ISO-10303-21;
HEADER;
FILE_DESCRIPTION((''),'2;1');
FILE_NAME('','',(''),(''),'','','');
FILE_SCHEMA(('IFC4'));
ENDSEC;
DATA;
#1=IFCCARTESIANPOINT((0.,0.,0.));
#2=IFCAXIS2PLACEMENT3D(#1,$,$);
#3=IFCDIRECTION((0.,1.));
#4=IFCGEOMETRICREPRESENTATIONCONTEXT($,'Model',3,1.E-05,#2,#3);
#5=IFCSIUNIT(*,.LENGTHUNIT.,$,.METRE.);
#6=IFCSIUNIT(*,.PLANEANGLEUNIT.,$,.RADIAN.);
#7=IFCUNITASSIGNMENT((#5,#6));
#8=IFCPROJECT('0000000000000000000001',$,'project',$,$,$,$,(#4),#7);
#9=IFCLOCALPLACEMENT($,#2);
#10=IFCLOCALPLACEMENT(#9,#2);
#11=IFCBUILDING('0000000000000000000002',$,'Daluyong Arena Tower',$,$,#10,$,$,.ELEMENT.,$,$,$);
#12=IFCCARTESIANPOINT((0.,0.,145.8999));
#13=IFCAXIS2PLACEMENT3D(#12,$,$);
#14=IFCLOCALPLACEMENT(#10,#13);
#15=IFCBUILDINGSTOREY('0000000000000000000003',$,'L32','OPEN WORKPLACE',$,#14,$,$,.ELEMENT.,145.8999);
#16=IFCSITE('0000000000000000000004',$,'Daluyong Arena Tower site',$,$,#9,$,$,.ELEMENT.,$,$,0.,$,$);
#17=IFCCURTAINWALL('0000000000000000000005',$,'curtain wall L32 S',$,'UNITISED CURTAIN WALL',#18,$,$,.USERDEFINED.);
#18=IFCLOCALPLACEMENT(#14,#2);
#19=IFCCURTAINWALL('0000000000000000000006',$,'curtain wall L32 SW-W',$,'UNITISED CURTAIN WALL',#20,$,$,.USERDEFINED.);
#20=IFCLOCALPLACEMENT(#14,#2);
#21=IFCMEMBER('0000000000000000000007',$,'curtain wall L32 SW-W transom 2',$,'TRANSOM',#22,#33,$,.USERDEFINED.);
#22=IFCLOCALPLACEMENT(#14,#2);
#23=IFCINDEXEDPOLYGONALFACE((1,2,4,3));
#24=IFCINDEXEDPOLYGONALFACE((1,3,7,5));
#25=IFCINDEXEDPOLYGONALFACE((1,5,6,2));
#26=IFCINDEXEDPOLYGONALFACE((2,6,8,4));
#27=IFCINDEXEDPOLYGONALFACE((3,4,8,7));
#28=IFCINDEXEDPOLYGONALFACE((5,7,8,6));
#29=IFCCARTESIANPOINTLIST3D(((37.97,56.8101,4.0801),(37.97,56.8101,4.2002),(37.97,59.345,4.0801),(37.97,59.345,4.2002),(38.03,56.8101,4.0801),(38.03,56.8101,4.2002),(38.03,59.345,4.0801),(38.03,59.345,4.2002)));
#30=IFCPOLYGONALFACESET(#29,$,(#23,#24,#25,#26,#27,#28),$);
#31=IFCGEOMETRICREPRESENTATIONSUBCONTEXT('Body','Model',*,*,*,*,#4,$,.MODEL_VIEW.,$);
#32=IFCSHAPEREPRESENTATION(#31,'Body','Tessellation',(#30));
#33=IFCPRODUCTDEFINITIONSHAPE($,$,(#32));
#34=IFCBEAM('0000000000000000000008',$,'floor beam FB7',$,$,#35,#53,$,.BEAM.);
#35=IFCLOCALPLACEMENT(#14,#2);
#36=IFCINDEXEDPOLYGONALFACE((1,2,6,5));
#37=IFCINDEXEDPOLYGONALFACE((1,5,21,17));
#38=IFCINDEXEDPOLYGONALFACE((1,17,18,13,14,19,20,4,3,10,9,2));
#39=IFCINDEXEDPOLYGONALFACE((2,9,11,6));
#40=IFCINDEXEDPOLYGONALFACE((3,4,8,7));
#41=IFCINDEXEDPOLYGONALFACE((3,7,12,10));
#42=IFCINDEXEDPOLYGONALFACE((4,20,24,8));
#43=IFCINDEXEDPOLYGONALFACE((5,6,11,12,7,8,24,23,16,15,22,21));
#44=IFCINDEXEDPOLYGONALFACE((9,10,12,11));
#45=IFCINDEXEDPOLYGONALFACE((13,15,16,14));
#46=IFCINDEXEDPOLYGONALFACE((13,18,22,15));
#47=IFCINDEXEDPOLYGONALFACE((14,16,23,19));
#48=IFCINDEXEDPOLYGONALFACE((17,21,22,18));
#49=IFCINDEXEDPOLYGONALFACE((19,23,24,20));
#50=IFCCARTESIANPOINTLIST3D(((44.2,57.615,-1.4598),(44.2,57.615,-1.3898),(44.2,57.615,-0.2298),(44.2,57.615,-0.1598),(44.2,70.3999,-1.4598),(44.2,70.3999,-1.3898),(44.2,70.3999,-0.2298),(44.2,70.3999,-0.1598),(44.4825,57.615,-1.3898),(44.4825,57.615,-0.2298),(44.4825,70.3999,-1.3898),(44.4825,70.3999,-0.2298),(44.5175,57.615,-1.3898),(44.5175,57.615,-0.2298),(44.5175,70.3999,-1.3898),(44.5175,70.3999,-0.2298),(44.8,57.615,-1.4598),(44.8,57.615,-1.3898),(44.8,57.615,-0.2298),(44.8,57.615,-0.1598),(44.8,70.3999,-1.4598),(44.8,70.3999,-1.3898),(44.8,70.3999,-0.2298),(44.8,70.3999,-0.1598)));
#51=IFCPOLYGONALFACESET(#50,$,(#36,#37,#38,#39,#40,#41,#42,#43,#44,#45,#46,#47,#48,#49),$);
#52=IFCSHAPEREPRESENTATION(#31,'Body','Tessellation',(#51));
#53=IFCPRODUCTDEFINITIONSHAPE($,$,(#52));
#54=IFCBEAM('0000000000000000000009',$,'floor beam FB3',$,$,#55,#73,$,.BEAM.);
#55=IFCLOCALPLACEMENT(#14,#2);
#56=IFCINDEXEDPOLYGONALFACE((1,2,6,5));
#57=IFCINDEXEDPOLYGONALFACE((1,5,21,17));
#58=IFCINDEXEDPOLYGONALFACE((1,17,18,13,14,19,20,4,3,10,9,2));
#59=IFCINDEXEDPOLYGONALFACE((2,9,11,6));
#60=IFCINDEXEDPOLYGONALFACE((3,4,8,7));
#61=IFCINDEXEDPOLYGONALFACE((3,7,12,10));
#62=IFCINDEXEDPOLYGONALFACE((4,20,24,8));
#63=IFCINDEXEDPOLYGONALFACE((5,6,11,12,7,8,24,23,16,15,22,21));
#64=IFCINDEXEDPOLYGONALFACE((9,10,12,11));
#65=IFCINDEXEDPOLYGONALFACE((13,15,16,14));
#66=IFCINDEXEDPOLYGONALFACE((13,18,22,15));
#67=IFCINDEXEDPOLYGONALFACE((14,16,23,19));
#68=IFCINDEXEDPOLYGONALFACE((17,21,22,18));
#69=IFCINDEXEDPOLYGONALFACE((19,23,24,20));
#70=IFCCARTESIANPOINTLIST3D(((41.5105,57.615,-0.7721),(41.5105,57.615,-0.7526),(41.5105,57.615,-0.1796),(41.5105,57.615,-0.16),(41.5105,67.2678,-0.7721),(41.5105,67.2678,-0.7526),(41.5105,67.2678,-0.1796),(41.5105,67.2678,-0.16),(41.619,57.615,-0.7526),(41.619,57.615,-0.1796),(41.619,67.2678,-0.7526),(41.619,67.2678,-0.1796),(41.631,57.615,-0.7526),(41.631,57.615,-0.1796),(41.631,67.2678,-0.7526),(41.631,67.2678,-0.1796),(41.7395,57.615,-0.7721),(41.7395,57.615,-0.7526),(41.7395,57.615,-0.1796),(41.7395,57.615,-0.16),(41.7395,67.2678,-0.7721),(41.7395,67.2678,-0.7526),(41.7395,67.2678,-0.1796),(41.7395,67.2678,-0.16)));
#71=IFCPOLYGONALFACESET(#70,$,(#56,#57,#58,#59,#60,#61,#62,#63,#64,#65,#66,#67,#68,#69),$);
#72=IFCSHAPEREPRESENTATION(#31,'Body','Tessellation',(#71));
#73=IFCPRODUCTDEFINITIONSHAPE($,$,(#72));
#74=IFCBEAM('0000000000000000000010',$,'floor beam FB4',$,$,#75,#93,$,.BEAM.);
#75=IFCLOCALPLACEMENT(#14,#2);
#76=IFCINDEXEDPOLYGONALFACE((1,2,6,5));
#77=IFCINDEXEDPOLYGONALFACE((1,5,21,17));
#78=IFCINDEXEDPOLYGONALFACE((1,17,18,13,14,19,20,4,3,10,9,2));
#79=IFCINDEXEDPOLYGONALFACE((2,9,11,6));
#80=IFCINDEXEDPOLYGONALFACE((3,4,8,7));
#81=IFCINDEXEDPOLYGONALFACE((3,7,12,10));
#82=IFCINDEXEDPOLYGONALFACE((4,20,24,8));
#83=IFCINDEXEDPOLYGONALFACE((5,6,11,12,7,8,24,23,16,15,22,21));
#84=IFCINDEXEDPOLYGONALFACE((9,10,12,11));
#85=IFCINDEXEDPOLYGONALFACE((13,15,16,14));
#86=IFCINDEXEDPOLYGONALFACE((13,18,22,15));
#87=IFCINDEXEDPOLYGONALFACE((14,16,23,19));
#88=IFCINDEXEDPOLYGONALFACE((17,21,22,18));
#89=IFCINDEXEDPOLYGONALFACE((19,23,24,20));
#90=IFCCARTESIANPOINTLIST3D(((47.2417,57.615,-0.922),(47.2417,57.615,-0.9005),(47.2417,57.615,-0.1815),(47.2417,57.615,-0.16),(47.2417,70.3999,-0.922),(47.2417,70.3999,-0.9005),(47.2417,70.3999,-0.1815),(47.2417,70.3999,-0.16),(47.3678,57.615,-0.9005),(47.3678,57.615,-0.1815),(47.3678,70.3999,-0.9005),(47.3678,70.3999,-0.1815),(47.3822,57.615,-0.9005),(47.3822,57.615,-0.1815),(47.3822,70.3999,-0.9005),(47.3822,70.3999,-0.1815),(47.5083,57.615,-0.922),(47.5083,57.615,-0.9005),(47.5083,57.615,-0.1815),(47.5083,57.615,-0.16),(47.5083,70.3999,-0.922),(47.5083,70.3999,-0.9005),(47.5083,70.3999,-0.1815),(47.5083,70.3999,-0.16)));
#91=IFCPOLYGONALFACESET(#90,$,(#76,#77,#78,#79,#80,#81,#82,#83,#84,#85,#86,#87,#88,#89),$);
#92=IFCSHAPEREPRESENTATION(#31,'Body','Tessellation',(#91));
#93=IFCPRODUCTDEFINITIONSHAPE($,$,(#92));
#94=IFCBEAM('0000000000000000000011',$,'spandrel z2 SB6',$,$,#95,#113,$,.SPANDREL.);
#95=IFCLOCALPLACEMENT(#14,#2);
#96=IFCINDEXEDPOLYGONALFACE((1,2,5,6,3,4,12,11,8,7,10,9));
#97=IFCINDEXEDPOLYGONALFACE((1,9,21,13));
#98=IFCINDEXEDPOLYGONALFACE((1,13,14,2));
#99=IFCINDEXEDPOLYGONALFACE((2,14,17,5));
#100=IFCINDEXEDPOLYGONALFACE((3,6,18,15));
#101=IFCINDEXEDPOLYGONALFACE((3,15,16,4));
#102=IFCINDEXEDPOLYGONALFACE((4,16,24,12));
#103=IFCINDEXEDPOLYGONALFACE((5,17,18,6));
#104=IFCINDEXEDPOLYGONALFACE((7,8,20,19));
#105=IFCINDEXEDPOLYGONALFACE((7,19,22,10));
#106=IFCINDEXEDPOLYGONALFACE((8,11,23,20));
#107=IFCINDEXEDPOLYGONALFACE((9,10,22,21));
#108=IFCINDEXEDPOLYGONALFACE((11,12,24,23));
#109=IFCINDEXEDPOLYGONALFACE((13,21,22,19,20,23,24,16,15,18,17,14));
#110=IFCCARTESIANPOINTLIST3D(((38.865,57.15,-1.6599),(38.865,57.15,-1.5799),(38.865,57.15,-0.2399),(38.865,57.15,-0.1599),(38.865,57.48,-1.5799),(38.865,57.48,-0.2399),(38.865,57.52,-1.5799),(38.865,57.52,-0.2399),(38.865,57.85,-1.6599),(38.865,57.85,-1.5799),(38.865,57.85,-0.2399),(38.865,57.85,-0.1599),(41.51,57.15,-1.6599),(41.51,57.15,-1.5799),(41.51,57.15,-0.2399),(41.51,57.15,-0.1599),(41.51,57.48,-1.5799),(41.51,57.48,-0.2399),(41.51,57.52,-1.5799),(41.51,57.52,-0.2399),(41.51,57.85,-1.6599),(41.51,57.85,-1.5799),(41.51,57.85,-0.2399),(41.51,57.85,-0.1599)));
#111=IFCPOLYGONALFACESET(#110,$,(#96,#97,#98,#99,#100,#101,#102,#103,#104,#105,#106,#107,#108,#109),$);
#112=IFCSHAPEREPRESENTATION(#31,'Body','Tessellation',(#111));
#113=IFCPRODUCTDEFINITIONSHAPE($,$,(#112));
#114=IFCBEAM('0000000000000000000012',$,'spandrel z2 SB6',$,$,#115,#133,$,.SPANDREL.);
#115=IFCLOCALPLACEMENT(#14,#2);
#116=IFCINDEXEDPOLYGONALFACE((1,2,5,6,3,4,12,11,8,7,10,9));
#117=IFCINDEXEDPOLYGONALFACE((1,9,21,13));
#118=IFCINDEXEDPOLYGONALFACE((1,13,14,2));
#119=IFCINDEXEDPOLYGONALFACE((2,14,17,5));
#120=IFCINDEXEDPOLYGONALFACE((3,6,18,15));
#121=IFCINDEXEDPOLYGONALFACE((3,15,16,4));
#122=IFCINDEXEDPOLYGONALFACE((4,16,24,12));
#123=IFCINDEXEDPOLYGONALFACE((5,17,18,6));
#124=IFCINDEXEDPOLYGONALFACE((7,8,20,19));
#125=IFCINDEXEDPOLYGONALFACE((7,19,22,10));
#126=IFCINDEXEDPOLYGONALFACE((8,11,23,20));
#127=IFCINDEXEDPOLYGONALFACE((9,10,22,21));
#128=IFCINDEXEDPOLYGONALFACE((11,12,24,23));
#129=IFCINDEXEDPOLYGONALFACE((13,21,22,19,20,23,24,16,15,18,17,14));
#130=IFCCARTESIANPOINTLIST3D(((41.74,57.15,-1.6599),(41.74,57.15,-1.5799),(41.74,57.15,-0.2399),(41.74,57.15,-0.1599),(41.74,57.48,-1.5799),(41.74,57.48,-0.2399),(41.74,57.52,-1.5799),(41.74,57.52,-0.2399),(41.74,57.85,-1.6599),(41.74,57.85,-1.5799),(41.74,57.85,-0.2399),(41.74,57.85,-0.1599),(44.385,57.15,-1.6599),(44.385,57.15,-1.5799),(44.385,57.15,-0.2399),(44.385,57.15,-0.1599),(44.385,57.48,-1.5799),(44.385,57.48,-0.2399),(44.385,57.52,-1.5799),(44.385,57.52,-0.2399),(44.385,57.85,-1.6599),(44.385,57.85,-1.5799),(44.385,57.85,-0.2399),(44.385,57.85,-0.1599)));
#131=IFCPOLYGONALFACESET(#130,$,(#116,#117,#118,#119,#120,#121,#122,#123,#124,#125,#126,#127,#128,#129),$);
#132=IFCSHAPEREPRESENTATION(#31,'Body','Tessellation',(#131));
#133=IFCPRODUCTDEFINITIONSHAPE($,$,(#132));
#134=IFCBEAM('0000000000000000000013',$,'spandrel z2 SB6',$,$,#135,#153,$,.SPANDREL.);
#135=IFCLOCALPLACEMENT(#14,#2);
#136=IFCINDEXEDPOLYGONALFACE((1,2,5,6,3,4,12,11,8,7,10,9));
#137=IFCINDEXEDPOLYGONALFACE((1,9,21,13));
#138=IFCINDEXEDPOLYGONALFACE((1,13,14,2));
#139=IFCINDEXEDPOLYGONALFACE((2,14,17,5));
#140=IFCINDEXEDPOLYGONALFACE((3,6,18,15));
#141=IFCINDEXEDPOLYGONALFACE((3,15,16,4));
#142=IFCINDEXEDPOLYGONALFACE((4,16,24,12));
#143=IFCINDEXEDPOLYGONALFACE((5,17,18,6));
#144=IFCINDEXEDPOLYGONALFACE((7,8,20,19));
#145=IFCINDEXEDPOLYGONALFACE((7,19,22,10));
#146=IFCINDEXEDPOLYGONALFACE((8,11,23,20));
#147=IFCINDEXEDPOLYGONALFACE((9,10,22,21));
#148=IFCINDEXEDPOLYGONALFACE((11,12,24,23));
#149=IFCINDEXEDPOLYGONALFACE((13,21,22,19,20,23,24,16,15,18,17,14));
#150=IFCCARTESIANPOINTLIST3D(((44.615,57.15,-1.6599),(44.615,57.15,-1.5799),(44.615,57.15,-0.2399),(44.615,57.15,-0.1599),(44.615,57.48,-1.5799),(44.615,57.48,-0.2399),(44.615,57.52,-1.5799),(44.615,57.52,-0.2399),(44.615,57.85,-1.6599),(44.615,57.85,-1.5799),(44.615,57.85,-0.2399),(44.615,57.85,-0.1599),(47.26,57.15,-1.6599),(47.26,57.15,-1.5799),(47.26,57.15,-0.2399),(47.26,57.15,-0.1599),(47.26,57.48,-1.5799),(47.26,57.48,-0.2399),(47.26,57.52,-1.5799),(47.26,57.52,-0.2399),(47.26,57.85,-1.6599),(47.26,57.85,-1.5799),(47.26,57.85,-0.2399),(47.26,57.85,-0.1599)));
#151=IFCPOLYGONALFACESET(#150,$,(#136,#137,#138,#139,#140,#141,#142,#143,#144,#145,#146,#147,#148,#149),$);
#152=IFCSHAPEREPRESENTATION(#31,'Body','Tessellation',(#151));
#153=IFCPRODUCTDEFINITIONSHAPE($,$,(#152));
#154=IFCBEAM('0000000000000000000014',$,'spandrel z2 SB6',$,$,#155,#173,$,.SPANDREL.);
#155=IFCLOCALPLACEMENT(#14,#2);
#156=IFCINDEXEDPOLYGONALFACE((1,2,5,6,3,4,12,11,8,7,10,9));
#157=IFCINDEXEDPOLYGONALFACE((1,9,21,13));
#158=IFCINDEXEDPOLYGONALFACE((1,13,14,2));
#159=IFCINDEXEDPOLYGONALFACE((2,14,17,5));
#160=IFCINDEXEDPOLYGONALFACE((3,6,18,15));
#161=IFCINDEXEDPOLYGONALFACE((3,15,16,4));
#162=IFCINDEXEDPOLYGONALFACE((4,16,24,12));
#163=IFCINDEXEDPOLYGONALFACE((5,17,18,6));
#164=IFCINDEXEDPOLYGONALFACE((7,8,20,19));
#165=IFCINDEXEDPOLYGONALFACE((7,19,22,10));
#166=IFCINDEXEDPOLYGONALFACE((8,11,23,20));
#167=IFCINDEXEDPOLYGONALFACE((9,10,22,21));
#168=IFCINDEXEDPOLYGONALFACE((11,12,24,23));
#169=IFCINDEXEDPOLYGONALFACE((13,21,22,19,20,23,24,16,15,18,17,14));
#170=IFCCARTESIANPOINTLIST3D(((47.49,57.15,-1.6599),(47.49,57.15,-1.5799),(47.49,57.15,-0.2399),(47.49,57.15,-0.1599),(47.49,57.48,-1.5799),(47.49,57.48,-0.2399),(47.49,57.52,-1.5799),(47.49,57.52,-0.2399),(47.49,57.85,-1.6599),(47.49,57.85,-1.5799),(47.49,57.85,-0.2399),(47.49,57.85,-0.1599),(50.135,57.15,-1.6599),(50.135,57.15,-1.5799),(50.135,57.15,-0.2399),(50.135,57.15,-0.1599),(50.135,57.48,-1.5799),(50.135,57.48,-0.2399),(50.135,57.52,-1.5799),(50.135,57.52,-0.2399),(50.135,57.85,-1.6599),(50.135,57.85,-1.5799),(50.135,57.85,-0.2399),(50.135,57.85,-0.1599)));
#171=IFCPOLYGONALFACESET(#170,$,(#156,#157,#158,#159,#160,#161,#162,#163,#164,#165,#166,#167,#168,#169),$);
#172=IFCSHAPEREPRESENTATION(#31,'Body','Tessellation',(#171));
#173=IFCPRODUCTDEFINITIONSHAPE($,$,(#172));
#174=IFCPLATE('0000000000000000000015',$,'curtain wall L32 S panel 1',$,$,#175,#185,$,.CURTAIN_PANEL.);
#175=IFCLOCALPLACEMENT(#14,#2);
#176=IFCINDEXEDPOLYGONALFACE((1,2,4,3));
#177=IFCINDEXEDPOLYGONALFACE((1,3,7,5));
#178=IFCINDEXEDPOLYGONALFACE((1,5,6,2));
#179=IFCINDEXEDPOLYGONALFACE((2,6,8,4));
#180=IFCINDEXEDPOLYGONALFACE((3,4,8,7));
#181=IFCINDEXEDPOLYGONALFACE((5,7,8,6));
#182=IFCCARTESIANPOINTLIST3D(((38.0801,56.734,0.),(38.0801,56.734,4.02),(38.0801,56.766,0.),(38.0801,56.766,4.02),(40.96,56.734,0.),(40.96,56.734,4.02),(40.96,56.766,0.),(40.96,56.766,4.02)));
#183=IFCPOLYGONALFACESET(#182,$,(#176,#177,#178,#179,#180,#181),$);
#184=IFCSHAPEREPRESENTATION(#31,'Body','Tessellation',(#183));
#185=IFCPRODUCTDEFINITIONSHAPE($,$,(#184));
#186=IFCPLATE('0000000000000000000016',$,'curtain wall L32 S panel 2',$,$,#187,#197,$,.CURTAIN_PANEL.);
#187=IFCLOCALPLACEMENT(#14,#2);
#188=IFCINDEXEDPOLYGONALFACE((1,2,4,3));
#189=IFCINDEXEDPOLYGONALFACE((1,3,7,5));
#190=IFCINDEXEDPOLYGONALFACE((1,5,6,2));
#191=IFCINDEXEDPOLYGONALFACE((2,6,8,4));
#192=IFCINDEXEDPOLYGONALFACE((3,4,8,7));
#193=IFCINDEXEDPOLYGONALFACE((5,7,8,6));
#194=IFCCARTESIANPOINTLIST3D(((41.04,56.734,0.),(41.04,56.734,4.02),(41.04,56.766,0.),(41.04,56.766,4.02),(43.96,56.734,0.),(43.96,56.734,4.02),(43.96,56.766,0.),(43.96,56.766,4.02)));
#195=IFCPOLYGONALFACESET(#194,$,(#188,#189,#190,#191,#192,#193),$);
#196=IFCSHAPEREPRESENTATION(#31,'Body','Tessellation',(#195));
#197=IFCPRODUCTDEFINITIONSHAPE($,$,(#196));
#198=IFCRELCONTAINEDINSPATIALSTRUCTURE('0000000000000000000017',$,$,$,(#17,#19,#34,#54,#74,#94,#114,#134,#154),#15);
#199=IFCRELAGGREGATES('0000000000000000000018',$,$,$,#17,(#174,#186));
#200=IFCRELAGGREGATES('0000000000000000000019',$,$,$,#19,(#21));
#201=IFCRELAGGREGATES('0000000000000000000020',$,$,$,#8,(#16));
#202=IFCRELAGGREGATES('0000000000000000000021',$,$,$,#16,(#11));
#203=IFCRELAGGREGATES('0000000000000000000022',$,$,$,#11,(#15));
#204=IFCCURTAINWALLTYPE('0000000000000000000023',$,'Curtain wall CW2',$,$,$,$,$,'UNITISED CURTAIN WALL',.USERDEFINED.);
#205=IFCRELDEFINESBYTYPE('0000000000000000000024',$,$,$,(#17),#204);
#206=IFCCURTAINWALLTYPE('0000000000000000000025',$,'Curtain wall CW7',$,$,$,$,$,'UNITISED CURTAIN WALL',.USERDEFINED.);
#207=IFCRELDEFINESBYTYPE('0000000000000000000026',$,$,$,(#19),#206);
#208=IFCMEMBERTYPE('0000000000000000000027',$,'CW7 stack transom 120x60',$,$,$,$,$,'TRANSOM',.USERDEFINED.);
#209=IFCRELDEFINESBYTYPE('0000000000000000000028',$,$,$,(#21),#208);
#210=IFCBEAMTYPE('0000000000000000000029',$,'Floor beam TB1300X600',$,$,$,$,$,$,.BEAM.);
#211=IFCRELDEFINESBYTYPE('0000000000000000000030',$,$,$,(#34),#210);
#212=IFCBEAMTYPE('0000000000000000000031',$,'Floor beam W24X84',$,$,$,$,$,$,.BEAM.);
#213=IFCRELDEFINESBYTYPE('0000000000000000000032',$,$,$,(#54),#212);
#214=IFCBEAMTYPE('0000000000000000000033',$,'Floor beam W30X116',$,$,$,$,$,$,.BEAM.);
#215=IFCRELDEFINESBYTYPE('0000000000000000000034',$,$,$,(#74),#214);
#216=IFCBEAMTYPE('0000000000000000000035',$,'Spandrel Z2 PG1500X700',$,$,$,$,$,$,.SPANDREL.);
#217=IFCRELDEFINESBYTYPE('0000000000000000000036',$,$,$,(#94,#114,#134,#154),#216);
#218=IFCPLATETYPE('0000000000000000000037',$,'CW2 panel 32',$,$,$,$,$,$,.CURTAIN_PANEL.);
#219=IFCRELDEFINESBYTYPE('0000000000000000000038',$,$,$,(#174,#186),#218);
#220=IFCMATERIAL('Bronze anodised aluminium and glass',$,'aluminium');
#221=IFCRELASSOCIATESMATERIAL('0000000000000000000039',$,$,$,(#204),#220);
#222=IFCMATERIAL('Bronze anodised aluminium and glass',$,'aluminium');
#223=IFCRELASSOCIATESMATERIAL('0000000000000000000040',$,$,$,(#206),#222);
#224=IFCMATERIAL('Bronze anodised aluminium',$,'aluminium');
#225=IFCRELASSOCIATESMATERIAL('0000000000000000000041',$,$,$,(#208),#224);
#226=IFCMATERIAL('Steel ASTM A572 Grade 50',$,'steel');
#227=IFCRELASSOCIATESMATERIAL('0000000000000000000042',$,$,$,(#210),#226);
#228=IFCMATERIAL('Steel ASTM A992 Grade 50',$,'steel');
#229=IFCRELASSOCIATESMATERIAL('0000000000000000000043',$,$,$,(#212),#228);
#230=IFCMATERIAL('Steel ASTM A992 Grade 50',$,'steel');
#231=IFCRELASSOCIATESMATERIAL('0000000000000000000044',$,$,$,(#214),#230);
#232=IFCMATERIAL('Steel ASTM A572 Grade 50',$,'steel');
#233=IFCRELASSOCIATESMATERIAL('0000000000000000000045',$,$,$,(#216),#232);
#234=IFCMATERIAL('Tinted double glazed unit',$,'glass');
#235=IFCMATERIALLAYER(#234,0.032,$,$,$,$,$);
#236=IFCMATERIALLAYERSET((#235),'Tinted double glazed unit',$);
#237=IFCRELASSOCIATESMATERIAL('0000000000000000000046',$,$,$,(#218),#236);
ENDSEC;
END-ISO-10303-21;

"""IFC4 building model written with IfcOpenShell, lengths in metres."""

from ifc_helpers import new_model, si_unit, direction, frame, origin, origin_2d, place, context, subcontext, project, spatial, rectangle, i_section, extrude, material, layer, layer_set, material_profile, profile_set, type_object, element, aggregate, save


model = new_model("IFC4")

# Units and contexts
model_context = context("Model", 3, precision=1e-05, world=origin(), true_north=direction((0.0, 1.0)))
body_context = subcontext(model_context, "Body", "Model", "MODEL_VIEW")
ifc_project = project(units=[si_unit("LENGTHUNIT", "METRE"), si_unit("PLANEANGLEUNIT", "RADIAN")], contexts=[model_context])

# Site, building, storey
site_placement = place(None, origin())
site = spatial("IfcSite", under=ifc_project, at=site_placement, Name="Daluyong Arena Tower site", CompositionType="ELEMENT", RefElevation=0.0)
building_placement = place(site_placement, origin())
building = spatial("IfcBuilding", under=site, at=building_placement, Name="Daluyong Arena Tower", CompositionType="ELEMENT")
storey_placement = place(building_placement, frame((0.0, 0.0, 145.8999)))
storey = spatial("IfcBuildingStorey", under=building, at=storey_placement, Name="L32", Description="OPEN WORKPLACE", CompositionType="ELEMENT", Elevation=145.8999)

# Curtain walls, member
ifc_material_1 = material(Name="Bronze anodised aluminium and glass", Category="aluminium")
curtain_wall_type_1 = type_object("IfcCurtainWallType", Name="Curtain wall CW2", ElementType="UNITISED CURTAIN WALL", PredefinedType="USERDEFINED", material=ifc_material_1)
curtain_wall_1_placement = place(storey_placement, origin())
curtain_wall_1 = element("IfcCurtainWall", 1, at=curtain_wall_1_placement, inside=storey, type_object=curtain_wall_type_1, Name="curtain wall L32 S", ObjectType="UNITISED CURTAIN WALL", PredefinedType="USERDEFINED")
ifc_material_2 = material(Name="Bronze anodised aluminium and glass", Category="aluminium")
curtain_wall_type_2 = type_object("IfcCurtainWallType", Name="Curtain wall CW7", ElementType="UNITISED CURTAIN WALL", PredefinedType="USERDEFINED", material=ifc_material_2)
curtain_wall_2_placement = place(storey_placement, origin())
curtain_wall_2 = element("IfcCurtainWall", 2, at=curtain_wall_2_placement, inside=storey, type_object=curtain_wall_type_2, Name="curtain wall L32 SW-W", ObjectType="UNITISED CURTAIN WALL", PredefinedType="USERDEFINED")
ifc_material_3 = material(Name="Bronze anodised aluminium", Category="aluminium")
ifc_material_profile_1 = material_profile(ifc_material_3, rectangle(XDim=0.0601, YDim=0.1201, at=origin_2d()))
ifc_profile_set_1 = profile_set([ifc_material_profile_1], Name="Bronze anodised aluminium")
member_type_1 = type_object("IfcMemberType", Name="CW7 stack transom 120x60", ElementType="TRANSOM", PredefinedType="USERDEFINED", material=ifc_profile_set_1)
member_1_placement = place(storey_placement, frame((38.0, 59.345, 4.1401), z_axis=(0.0, -1.0, 0.0), x_axis=(1.0, 0.0, 0.0)))
member_1 = element("IfcMember", 3, at=member_1_placement, type_object=member_type_1, Name="curtain wall L32 SW-W transom 2", ObjectType="TRANSOM", PredefinedType="USERDEFINED", context=body_context, shape_type="SweptSolid", body=[
    extrude(rectangle(XDim=0.0601, YDim=0.1201, at=origin_2d()), origin(), (0.0, 0.0, 1.0), 2.5349),
])

# Beams
ifc_material_4 = material(Name="Steel ASTM A572 Grade 50", Category="steel")
ifc_material_profile_2 = material_profile(ifc_material_4, i_section(OverallWidth=0.6001, OverallDepth=1.3, WebThickness=0.035, FlangeThickness=0.07, at=origin_2d()))
ifc_profile_set_2 = profile_set([ifc_material_profile_2], Name="Steel ASTM A572 Grade 50")
beam_type_1 = type_object("IfcBeamType", Name="Floor beam TB1300X600", PredefinedType="BEAM", material=ifc_profile_set_2)
beam_1_placement = place(storey_placement, frame((44.5, 57.615, -0.8098), z_axis=(0.0, 1.0, 0.0), x_axis=(-1.0, 0.0, 0.0)))
element("IfcBeam", 4, at=beam_1_placement, inside=storey, type_object=beam_type_1, Name="floor beam FB7", PredefinedType="BEAM", context=body_context, shape_type="SweptSolid", body=[
    extrude(i_section(OverallWidth=0.6001, OverallDepth=1.3, WebThickness=0.035, FlangeThickness=0.07, at=origin_2d()), origin(), (0.0, 0.0, 1.0), 12.7849),
])
ifc_material_5 = material(Name="Steel ASTM A992 Grade 50", Category="steel")
ifc_material_profile_3 = material_profile(ifc_material_5, i_section(OverallWidth=0.229, OverallDepth=0.6121, WebThickness=0.012, FlangeThickness=0.0195, at=origin_2d()))
ifc_profile_set_3 = profile_set([ifc_material_profile_3], Name="Steel ASTM A992 Grade 50")
beam_type_2 = type_object("IfcBeamType", Name="Floor beam W24X84", PredefinedType="BEAM", material=ifc_profile_set_3)
beam_2_placement = place(storey_placement, frame((41.625, 57.615, -0.4661), z_axis=(0.0, 1.0, 0.0), x_axis=(-1.0, 0.0, 0.0)))
element("IfcBeam", 5, at=beam_2_placement, inside=storey, type_object=beam_type_2, Name="floor beam FB3", PredefinedType="BEAM", context=body_context, shape_type="SweptSolid", body=[
    extrude(i_section(OverallWidth=0.229, OverallDepth=0.6121, WebThickness=0.012, FlangeThickness=0.0195, at=origin_2d()), origin(), (0.0, 0.0, 1.0), 9.6528),
])
ifc_material_6 = material(Name="Steel ASTM A992 Grade 50", Category="steel")
ifc_material_profile_4 = material_profile(ifc_material_6, i_section(OverallWidth=0.2666, OverallDepth=0.762, WebThickness=0.0144, FlangeThickness=0.0215, at=origin_2d()))
ifc_profile_set_4 = profile_set([ifc_material_profile_4], Name="Steel ASTM A992 Grade 50")
beam_type_3 = type_object("IfcBeamType", Name="Floor beam W30X116", PredefinedType="BEAM", material=ifc_profile_set_4)
beam_3_placement = place(storey_placement, frame((47.375, 57.615, -0.541), z_axis=(0.0, 1.0, 0.0), x_axis=(-1.0, 0.0, 0.0)))
element("IfcBeam", 6, at=beam_3_placement, inside=storey, type_object=beam_type_3, Name="floor beam FB4", PredefinedType="BEAM", context=body_context, shape_type="SweptSolid", body=[
    extrude(i_section(OverallWidth=0.2666, OverallDepth=0.762, WebThickness=0.0144, FlangeThickness=0.0215, at=origin_2d()), origin(), (0.0, 0.0, 1.0), 12.7849),
])
ifc_material_7 = material(Name="Steel ASTM A572 Grade 50", Category="steel")
ifc_material_profile_5 = material_profile(ifc_material_7, i_section(OverallWidth=0.7, OverallDepth=1.5, WebThickness=0.04, FlangeThickness=0.08, at=origin_2d()))
ifc_profile_set_5 = profile_set([ifc_material_profile_5], Name="Steel ASTM A572 Grade 50")
beam_type_4 = type_object("IfcBeamType", Name="Spandrel Z2 PG1500X700", PredefinedType="SPANDREL", material=ifc_profile_set_5)
for number, where, z_axis, x_axis, name in (
    (7, (38.865, 57.5, -0.9099), (1.0, 0.0, 0.0), (0.0, 1.0, 0.0), "spandrel z2 SB6"),
    (8, (41.74, 57.5, -0.9099), (1.0, 0.0, 0.0), (0.0, 1.0, 0.0), "spandrel z2 SB6"),
    (9, (44.615, 57.5, -0.9099), (1.0, 0.0, 0.0), (0.0, 1.0, 0.0), "spandrel z2 SB6"),
    (10, (47.49, 57.5, -0.9099), (1.0, 0.0, 0.0), (0.0, 1.0, 0.0), "spandrel z2 SB6"),
):
    element("IfcBeam", number, at=place(storey_placement, frame(where, z_axis=z_axis, x_axis=x_axis)), inside=storey, type_object=beam_type_4, Name=name, PredefinedType="SPANDREL", context=body_context, shape_type="SweptSolid", body=[
        extrude(i_section(OverallWidth=0.7, OverallDepth=1.5, WebThickness=0.04, FlangeThickness=0.08, at=origin_2d()), origin(), (0.0, 0.0, 1.0), 2.645),
    ])

# Plates
ifc_material_8 = material(Name="Tinted double glazed unit", Category="glass")
ifc_layer_1 = layer(ifc_material_8, 0.032)
ifc_layer_set_1 = layer_set([ifc_layer_1], Name="Tinted double glazed unit")
plate_type_1 = type_object("IfcPlateType", Name="CW2 panel 32", PredefinedType="CURTAIN_PANEL", material=ifc_layer_set_1)
plate_1_placement = place(storey_placement, frame((39.52, 56.75, 0.0), z_axis=(0.0, 0.0, 1.0), x_axis=(1.0, 0.0, 0.0)))
plate_1 = element("IfcPlate", 11, at=plate_1_placement, type_object=plate_type_1, Name="curtain wall L32 S panel 1", PredefinedType="CURTAIN_PANEL", context=body_context, shape_type="SweptSolid", body=[
    extrude(rectangle(XDim=2.8799, YDim=0.032, at=origin_2d()), origin(), (0.0, 0.0, 1.0), 4.02),
])
plate_2_placement = place(storey_placement, frame((42.5, 56.75, 0.0), z_axis=(0.0, 0.0, 1.0), x_axis=(1.0, 0.0, 0.0)))
plate_2 = element("IfcPlate", 12, at=plate_2_placement, type_object=plate_type_1, Name="curtain wall L32 S panel 2", PredefinedType="CURTAIN_PANEL", context=body_context, shape_type="SweptSolid", body=[
    extrude(rectangle(XDim=2.9199, YDim=0.032, at=origin_2d()), origin(), (0.0, 0.0, 1.0), 4.02),
])
aggregate(curtain_wall_1, [plate_1, plate_2])
aggregate(curtain_wall_2, [member_1])

save(model, "model.ifc")
